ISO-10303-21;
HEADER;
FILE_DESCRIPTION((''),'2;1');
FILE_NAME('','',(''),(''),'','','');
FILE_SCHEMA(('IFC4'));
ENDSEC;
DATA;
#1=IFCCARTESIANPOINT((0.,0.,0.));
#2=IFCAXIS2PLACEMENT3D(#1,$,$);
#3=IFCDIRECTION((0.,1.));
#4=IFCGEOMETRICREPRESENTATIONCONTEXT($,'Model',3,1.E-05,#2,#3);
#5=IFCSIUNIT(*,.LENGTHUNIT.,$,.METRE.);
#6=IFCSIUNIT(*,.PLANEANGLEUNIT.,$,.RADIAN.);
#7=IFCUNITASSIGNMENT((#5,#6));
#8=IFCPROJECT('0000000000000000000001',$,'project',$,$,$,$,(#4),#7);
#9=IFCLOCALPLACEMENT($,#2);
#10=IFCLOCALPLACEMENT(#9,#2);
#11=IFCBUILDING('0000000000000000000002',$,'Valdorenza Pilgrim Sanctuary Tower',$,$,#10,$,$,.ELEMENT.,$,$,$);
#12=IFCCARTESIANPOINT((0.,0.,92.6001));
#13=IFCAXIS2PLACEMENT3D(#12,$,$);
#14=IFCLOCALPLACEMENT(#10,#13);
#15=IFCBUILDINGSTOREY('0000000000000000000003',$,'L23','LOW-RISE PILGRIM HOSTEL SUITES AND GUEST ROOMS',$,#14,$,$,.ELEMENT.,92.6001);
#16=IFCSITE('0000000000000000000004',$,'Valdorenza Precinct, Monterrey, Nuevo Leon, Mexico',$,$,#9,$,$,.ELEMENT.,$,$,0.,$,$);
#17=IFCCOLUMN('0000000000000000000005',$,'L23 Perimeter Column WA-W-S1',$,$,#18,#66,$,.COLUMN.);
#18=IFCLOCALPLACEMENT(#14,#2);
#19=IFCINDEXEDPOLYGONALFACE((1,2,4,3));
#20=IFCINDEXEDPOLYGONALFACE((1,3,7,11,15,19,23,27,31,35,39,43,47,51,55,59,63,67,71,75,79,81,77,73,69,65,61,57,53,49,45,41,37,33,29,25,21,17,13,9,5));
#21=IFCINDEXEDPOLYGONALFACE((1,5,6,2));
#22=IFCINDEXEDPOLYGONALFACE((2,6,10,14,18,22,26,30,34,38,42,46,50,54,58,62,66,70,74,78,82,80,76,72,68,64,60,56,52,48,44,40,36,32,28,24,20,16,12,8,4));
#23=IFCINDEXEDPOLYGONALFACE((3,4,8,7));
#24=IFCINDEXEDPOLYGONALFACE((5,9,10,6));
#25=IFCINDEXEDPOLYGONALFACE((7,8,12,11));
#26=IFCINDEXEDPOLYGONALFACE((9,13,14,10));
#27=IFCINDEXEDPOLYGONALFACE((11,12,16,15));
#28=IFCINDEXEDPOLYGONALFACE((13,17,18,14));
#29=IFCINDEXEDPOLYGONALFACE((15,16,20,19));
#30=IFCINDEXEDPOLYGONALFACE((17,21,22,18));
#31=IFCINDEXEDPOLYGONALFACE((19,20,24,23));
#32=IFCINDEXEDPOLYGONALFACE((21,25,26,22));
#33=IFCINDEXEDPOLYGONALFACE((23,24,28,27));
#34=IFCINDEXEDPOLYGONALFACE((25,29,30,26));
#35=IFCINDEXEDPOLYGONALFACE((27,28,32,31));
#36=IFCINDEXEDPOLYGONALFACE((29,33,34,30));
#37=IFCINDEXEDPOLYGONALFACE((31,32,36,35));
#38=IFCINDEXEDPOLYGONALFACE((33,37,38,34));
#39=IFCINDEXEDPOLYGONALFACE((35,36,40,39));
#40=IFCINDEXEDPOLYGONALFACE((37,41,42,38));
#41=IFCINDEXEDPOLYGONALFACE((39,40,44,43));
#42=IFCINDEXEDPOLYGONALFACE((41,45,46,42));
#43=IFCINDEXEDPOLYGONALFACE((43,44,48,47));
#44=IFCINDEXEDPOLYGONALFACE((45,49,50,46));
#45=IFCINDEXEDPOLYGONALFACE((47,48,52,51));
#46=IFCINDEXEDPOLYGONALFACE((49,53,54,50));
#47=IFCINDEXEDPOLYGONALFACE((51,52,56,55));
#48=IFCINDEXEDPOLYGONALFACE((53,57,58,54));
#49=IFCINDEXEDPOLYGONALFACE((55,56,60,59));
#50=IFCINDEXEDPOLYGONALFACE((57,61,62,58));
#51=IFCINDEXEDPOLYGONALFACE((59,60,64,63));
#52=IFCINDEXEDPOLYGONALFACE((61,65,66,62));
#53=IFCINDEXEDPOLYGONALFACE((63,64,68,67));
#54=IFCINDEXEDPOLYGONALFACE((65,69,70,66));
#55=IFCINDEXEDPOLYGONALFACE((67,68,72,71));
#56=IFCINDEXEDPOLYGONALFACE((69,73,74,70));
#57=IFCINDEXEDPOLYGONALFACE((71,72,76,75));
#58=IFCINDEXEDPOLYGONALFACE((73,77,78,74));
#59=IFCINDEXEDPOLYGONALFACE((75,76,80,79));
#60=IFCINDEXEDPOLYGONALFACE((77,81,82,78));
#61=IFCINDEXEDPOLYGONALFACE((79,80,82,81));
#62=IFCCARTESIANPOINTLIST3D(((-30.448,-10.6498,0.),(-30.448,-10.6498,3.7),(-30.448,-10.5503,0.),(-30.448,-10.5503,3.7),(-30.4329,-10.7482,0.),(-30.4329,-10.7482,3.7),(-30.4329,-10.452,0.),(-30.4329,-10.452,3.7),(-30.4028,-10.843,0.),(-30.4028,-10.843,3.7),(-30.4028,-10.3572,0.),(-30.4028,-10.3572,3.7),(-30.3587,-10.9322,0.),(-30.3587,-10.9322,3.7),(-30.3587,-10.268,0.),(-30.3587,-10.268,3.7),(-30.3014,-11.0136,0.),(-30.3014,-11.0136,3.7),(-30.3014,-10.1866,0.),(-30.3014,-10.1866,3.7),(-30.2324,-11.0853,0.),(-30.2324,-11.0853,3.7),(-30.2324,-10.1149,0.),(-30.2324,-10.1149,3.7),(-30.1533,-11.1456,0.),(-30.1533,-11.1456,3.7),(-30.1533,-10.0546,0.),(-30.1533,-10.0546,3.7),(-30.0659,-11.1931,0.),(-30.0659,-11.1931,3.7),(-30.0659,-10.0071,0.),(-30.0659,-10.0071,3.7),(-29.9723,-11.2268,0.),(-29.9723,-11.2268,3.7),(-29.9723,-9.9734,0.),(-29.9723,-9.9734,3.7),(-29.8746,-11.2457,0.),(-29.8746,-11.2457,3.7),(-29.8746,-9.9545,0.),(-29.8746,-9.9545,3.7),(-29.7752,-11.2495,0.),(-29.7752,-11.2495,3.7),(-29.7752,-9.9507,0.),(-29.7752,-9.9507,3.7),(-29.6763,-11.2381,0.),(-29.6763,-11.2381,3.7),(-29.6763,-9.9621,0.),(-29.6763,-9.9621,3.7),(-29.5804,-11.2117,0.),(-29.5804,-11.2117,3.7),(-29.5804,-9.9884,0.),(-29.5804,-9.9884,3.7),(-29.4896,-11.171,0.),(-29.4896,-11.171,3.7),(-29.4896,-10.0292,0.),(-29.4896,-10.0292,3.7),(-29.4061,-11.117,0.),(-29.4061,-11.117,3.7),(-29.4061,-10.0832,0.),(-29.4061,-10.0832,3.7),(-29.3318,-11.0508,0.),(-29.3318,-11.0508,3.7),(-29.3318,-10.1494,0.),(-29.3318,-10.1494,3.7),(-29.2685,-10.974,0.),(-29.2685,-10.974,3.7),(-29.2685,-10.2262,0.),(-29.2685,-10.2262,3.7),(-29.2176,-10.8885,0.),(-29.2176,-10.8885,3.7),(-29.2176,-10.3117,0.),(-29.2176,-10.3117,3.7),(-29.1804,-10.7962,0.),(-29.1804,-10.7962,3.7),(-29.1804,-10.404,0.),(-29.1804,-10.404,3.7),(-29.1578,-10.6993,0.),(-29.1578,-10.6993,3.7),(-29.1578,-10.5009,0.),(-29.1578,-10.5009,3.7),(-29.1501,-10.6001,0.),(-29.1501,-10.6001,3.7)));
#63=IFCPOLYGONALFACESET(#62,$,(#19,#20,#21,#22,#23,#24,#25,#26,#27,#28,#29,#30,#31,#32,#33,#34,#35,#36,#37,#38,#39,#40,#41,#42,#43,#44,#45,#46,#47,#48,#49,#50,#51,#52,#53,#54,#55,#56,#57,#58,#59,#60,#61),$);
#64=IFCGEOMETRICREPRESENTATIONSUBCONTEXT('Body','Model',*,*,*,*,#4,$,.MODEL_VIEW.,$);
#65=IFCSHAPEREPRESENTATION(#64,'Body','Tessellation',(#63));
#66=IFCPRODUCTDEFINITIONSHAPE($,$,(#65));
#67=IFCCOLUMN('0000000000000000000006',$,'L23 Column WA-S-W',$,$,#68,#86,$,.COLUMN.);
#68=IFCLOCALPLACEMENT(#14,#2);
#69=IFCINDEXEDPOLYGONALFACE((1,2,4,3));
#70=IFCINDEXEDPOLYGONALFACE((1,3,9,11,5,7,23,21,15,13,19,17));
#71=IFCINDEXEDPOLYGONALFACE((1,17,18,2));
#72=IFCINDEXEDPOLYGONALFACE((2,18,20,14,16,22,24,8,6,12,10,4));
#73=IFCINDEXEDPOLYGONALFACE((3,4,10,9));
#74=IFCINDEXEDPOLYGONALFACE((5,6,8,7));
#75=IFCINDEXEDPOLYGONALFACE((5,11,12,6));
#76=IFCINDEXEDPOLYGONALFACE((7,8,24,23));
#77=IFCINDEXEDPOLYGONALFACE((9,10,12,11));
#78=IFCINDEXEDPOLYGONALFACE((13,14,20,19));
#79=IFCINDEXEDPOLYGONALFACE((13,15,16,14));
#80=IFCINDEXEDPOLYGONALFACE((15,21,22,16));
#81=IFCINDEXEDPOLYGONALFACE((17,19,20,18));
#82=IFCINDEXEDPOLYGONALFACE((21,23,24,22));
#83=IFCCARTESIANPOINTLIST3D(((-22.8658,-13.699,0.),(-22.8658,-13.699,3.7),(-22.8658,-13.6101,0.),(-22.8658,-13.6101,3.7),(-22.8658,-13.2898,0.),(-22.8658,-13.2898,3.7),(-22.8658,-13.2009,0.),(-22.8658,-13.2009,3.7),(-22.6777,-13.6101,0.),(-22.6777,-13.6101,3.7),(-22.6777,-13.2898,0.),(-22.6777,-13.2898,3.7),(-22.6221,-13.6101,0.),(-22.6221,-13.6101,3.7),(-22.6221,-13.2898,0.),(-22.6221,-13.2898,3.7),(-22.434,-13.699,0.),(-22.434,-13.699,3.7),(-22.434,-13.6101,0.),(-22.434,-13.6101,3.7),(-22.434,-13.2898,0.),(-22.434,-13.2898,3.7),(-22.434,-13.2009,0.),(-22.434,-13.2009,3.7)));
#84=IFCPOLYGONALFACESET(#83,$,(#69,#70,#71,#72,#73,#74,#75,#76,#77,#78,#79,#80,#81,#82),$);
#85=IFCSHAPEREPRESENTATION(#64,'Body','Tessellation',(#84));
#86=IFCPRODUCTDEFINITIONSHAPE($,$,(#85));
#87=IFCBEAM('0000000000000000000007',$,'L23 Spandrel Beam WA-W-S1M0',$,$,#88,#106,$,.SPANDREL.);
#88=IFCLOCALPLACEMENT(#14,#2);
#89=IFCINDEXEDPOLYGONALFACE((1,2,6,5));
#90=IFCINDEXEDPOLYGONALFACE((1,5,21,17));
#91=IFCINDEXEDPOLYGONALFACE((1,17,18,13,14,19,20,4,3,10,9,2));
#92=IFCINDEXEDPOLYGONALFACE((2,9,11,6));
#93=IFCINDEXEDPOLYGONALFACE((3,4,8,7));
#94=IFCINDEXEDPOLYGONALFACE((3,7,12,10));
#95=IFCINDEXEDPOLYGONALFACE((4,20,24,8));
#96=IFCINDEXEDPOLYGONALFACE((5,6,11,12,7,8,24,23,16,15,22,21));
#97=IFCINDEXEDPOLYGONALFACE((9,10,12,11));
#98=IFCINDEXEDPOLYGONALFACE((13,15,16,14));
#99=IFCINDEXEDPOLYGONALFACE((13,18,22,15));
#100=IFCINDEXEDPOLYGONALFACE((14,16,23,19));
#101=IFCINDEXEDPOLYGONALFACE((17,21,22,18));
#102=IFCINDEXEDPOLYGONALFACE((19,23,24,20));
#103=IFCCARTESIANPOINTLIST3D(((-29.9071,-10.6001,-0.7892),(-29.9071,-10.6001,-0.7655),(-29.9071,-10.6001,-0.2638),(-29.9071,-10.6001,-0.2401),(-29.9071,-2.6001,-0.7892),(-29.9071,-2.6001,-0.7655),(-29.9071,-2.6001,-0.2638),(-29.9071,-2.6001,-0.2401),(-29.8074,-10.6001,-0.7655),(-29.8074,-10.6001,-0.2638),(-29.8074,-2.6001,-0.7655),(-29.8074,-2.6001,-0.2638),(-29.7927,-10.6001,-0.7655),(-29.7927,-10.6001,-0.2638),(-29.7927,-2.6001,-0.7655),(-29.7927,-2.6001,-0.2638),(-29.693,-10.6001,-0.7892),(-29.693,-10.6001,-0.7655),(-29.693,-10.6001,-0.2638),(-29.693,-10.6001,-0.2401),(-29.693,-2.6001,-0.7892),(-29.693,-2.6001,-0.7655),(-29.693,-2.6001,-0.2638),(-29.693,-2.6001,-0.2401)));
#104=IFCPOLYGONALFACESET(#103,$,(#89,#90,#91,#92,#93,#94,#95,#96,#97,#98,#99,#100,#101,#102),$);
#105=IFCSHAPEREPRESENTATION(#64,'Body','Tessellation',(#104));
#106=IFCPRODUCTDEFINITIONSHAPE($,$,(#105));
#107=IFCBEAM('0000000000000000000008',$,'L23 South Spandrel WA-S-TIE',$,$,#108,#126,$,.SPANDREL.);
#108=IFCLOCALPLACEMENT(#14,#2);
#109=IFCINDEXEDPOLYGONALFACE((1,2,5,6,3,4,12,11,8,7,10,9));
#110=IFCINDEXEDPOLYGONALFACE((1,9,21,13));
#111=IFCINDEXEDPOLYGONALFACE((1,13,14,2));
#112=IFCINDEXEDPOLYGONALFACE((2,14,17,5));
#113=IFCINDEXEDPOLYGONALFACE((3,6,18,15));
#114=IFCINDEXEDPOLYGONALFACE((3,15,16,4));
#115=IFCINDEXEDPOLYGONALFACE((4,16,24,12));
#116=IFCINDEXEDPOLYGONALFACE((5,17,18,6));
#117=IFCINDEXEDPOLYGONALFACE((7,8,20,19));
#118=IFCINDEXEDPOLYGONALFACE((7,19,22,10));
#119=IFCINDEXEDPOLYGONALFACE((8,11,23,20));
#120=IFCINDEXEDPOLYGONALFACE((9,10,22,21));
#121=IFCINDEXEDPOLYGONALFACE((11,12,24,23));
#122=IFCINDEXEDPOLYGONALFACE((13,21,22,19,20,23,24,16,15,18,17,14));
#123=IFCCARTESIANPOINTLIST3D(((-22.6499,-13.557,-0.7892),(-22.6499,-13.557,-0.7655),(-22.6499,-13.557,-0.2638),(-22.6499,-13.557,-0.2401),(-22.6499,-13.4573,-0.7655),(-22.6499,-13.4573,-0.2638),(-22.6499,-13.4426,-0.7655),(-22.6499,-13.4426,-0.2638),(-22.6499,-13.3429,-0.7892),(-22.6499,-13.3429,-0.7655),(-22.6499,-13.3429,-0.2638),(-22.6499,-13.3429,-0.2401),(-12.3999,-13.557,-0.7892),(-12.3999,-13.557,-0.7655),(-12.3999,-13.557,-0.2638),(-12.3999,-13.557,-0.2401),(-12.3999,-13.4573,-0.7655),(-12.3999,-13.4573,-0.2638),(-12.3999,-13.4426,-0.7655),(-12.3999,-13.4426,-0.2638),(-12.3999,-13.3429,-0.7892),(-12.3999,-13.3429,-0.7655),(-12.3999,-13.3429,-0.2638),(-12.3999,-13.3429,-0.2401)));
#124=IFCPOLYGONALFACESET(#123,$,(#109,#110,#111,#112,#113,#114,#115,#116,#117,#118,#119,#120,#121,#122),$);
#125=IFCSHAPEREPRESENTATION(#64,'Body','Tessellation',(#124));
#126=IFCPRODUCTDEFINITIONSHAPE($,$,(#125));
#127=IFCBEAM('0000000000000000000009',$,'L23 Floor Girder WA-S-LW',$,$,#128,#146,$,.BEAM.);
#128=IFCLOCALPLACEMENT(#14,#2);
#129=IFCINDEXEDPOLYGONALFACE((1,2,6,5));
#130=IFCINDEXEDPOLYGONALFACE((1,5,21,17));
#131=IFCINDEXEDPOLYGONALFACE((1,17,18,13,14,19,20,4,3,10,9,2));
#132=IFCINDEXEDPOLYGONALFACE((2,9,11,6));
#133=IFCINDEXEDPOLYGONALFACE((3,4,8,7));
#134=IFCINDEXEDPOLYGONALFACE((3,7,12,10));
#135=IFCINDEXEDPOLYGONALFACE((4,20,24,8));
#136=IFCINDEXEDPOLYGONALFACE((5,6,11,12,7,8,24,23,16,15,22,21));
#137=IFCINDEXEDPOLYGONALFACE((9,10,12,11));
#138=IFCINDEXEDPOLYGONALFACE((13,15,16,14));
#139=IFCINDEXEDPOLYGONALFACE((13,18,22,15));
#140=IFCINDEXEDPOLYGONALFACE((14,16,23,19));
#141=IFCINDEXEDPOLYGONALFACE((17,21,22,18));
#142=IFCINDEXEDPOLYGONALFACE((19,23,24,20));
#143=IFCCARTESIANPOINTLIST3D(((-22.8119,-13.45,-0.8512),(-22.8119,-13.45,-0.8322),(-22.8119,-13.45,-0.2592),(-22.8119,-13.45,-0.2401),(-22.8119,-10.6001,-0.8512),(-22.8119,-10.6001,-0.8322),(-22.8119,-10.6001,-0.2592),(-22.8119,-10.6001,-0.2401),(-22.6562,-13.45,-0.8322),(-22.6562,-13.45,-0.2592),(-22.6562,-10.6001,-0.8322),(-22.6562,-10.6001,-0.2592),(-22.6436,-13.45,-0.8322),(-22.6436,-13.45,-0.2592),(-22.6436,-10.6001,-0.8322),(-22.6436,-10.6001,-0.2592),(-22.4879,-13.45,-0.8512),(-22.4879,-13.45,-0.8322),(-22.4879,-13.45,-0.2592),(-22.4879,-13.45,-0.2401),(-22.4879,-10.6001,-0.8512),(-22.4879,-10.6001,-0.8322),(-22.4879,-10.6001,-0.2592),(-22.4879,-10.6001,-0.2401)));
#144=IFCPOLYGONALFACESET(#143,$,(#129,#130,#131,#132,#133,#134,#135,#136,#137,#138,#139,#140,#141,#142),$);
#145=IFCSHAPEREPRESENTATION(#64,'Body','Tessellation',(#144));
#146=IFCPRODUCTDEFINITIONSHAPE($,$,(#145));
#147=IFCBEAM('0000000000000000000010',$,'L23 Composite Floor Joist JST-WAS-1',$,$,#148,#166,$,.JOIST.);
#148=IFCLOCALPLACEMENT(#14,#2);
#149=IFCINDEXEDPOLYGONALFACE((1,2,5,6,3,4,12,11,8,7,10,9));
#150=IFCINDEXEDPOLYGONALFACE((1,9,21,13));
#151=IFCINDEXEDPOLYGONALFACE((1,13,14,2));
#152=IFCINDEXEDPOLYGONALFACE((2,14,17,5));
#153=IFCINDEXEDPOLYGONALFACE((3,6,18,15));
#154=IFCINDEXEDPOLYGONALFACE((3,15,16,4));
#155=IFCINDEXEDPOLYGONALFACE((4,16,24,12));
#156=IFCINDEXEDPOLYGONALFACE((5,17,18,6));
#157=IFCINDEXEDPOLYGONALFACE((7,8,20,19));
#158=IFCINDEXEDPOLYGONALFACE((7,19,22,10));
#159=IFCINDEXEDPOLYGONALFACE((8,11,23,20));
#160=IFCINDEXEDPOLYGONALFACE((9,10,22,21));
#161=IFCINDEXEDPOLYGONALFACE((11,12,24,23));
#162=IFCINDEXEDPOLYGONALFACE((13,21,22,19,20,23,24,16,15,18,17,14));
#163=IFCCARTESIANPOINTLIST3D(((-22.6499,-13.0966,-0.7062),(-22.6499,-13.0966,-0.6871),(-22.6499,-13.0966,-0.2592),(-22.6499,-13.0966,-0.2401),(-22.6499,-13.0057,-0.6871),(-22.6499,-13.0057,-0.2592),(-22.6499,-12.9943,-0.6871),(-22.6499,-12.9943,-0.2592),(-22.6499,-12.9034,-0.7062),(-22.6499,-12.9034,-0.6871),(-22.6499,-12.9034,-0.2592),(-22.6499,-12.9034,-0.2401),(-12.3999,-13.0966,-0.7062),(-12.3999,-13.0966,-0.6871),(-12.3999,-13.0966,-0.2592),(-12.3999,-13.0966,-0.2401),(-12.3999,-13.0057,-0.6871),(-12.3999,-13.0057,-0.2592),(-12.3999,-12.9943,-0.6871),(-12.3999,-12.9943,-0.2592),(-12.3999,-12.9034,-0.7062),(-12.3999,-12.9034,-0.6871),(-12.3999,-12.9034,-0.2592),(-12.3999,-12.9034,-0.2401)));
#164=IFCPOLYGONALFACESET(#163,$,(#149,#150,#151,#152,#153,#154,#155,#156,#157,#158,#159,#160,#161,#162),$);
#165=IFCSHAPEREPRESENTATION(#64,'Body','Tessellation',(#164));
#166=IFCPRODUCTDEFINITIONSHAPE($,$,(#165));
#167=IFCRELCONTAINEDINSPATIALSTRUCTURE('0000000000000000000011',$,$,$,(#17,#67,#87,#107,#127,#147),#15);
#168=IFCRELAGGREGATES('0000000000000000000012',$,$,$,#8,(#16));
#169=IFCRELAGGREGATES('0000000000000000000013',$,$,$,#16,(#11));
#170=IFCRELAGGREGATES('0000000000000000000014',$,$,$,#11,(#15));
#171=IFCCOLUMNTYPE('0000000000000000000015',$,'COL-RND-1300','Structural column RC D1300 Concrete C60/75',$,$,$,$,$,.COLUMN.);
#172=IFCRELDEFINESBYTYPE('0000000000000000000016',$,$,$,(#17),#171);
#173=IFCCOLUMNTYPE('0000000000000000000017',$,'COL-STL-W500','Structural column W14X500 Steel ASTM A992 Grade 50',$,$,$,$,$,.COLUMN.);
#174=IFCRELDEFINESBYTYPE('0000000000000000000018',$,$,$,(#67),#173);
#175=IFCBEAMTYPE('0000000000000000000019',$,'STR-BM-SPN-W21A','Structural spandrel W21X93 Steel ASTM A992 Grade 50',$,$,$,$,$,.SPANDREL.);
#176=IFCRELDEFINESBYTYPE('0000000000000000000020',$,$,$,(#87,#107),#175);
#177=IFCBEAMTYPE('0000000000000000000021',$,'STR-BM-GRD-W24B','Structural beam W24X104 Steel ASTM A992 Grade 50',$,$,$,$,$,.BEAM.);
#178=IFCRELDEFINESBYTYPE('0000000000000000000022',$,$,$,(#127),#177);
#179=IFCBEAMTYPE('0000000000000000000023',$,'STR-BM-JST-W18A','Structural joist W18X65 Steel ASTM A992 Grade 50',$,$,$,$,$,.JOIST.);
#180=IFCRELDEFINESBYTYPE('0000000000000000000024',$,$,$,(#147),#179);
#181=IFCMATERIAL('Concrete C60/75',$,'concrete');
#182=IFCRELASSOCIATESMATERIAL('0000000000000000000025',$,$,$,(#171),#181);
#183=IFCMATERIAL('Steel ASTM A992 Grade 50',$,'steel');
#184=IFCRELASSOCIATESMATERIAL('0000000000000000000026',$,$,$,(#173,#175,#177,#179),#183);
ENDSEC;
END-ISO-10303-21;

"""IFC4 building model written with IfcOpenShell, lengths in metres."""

from ifc_helpers import new_model, si_unit, direction, frame, origin, origin_2d, place, context, subcontext, project, spatial, circle, i_section, extrude, source, transform, mapped, material, material_profile, profile_set, type_object, element, save


model = new_model("IFC4")

# Units and contexts
model_context = context("Model", 3, precision=1e-05, world=origin(), true_north=direction((0.0, 1.0)))
body_context = subcontext(model_context, "Body", "Model", "MODEL_VIEW")
ifc_project = project(units=[si_unit("LENGTHUNIT", "METRE"), si_unit("PLANEANGLEUNIT", "RADIAN")], contexts=[model_context])

# Site, building, storey
site_placement = place(None, origin())
site = spatial("IfcSite", under=ifc_project, at=site_placement, Name="Valdorenza Precinct, Monterrey, Nuevo Leon, Mexico", CompositionType="ELEMENT", RefElevation=0.0)
building_placement = place(site_placement, origin())
building = spatial("IfcBuilding", under=site, at=building_placement, Name="Valdorenza Pilgrim Sanctuary Tower", CompositionType="ELEMENT")
storey_placement = place(building_placement, frame((0.0, 0.0, 92.6001)))
storey = spatial("IfcBuildingStorey", under=building, at=storey_placement, Name="L23", Description="LOW-RISE PILGRIM HOSTEL SUITES AND GUEST ROOMS", CompositionType="ELEMENT", Elevation=92.6001)

# Columns
ifc_material_1 = material(Name="Concrete C60/75", Category="concrete")
ifc_material_profile_1 = material_profile(ifc_material_1, circle(Radius=0.6499, at=origin_2d()), Name="RC D1300")
ifc_profile_set_1 = profile_set([ifc_material_profile_1], Name="Concrete C60/75")
column_type_1 = type_object("IfcColumnType", Name="COL-RND-1300", Description="Structural column RC D1300 Concrete C60/75", PredefinedType="COLUMN", material=ifc_profile_set_1)
shared_shape_1 = source(origin(), body_context, "Body", "SweptSolid", [
    extrude(circle(Radius=0.6499, at=origin_2d()), origin(), (0.0, 0.0, 1.0), 3.7),
])
column_1_placement = place(storey_placement, frame((-29.8, -10.6001, 0.0), z_axis=(0.0, 0.0, 1.0), x_axis=(1.0, 0.0, 0.0)))
element("IfcColumn", 1, at=column_1_placement, inside=storey, type_object=column_type_1, Name="L23 Perimeter Column WA-W-S1", PredefinedType="COLUMN", context=body_context, shape_type="MappedRepresentation", body=[
    mapped(shared_shape_1, transform((0.0, 0.0, 0.0), x_axis=(1.0, 0.0, 0.0), y_axis=(0.0, 1.0, 0.0), z_axis=(0.0, 0.0, 1.0), scale=1.0)),
])
ifc_material_2 = material(Name="Steel ASTM A992 Grade 50", Category="steel")
ifc_material_profile_2 = material_profile(ifc_material_2, i_section(OverallWidth=0.4319, OverallDepth=0.498, WebThickness=0.0557, FlangeThickness=0.0889, at=origin_2d()), Name="W14X500")
ifc_profile_set_2 = profile_set([ifc_material_profile_2], Name="Steel ASTM A992 Grade 50")
column_type_2 = type_object("IfcColumnType", Name="COL-STL-W500", Description="Structural column W14X500 Steel ASTM A992 Grade 50", PredefinedType="COLUMN", material=ifc_profile_set_2)
shared_shape_2 = source(origin(), body_context, "Body", "SweptSolid", [
    extrude(i_section(OverallWidth=0.4319, OverallDepth=0.498, WebThickness=0.0557, FlangeThickness=0.0889, at=origin_2d()), origin(), (0.0, 0.0, 1.0), 3.7),
])
column_2_placement = place(storey_placement, frame((-22.6499, -13.45, 0.0), z_axis=(0.0, 0.0, 1.0), x_axis=(1.0, 0.0, 0.0)))
element("IfcColumn", 2, at=column_2_placement, inside=storey, type_object=column_type_2, Name="L23 Column WA-S-W", PredefinedType="COLUMN", context=body_context, shape_type="MappedRepresentation", body=[
    mapped(shared_shape_2, transform((0.0, 0.0, 0.0), x_axis=(1.0, 0.0, 0.0), y_axis=(0.0, 1.0, 0.0), z_axis=(0.0, 0.0, 1.0), scale=1.0)),
])

# Beams
ifc_material_profile_3 = material_profile(ifc_material_2, i_section(OverallWidth=0.2141, OverallDepth=0.5491, WebThickness=0.0146, FlangeThickness=0.0237, at=origin_2d()), Name="W21X93")
ifc_profile_set_3 = profile_set([ifc_material_profile_3], Name="Steel ASTM A992 Grade 50")
beam_type_1 = type_object("IfcBeamType", Name="STR-BM-SPN-W21A", Description="Structural spandrel W21X93 Steel ASTM A992 Grade 50", PredefinedType="SPANDREL", material=ifc_profile_set_3)
shared_shape_3 = source(origin(), body_context, "Body", "SweptSolid", [
    extrude(i_section(OverallWidth=0.2141, OverallDepth=0.5491, WebThickness=0.0146, FlangeThickness=0.0237, at=origin_2d()), origin(), (0.0, 0.0, 1.0), 8.0),
])
beam_1_placement = place(storey_placement, frame((-29.8, -10.6001, -0.5146), z_axis=(0.0, 1.0, 0.0), x_axis=(-1.0, 0.0, 0.0)))
element("IfcBeam", 3, at=beam_1_placement, inside=storey, type_object=beam_type_1, Name="L23 Spandrel Beam WA-W-S1M0", PredefinedType="SPANDREL", context=body_context, shape_type="MappedRepresentation", body=[
    mapped(shared_shape_3, transform((0.0, 0.0, 0.0), x_axis=(1.0, 0.0, 0.0), y_axis=(0.0, 1.0, 0.0), z_axis=(0.0, 0.0, 1.0), scale=1.0)),
])
shared_shape_4 = source(origin(), body_context, "Body", "SweptSolid", [
    extrude(i_section(OverallWidth=0.2141, OverallDepth=0.5491, WebThickness=0.0146, FlangeThickness=0.0237, at=origin_2d()), origin(), (0.0, 0.0, 1.0), 10.25),
])
beam_2_placement = place(storey_placement, frame((-22.6499, -13.45, -0.5146), z_axis=(1.0, 0.0, 0.0), x_axis=(0.0, 1.0, 0.0)))
element("IfcBeam", 4, at=beam_2_placement, inside=storey, type_object=beam_type_1, Name="L23 South Spandrel WA-S-TIE", PredefinedType="SPANDREL", context=body_context, shape_type="MappedRepresentation", body=[
    mapped(shared_shape_4, transform((0.0, 0.0, 0.0), x_axis=(1.0, 0.0, 0.0), y_axis=(0.0, 1.0, 0.0), z_axis=(0.0, 0.0, 1.0), scale=1.0)),
])
ifc_material_profile_4 = material_profile(ifc_material_2, i_section(OverallWidth=0.324, OverallDepth=0.6111, WebThickness=0.0127, FlangeThickness=0.019, at=origin_2d()), Name="W24X104")
ifc_profile_set_4 = profile_set([ifc_material_profile_4], Name="Steel ASTM A992 Grade 50")
beam_type_2 = type_object("IfcBeamType", Name="STR-BM-GRD-W24B", Description="Structural beam W24X104 Steel ASTM A992 Grade 50", PredefinedType="BEAM", material=ifc_profile_set_4)
shared_shape_5 = source(origin(), body_context, "Body", "SweptSolid", [
    extrude(i_section(OverallWidth=0.324, OverallDepth=0.6111, WebThickness=0.0127, FlangeThickness=0.019, at=origin_2d()), origin(), (0.0, 0.0, 1.0), 2.8499),
])
beam_3_placement = place(storey_placement, frame((-22.6499, -13.45, -0.5457), z_axis=(0.0, 1.0, 0.0), x_axis=(-1.0, 0.0, 0.0)))
element("IfcBeam", 5, at=beam_3_placement, inside=storey, type_object=beam_type_2, Name="L23 Floor Girder WA-S-LW", PredefinedType="BEAM", context=body_context, shape_type="MappedRepresentation", body=[
    mapped(shared_shape_5, transform((0.0, 0.0, 0.0), x_axis=(1.0, 0.0, 0.0), y_axis=(0.0, 1.0, 0.0), z_axis=(0.0, 0.0, 1.0), scale=1.0)),
])
ifc_material_profile_5 = material_profile(ifc_material_2, i_section(OverallWidth=0.1931, OverallDepth=0.4661, WebThickness=0.0115, FlangeThickness=0.019, at=origin_2d()), Name="W18X65")
ifc_profile_set_5 = profile_set([ifc_material_profile_5], Name="Steel ASTM A992 Grade 50")
beam_type_3 = type_object("IfcBeamType", Name="STR-BM-JST-W18A", Description="Structural joist W18X65 Steel ASTM A992 Grade 50", PredefinedType="JOIST", material=ifc_profile_set_5)
shared_shape_6 = source(origin(), body_context, "Body", "SweptSolid", [
    extrude(i_section(OverallWidth=0.1931, OverallDepth=0.4661, WebThickness=0.0115, FlangeThickness=0.019, at=origin_2d()), origin(), (0.0, 0.0, 1.0), 10.25),
])
for number, where, z_axis, x_axis, name in (
    (6, (-22.6499, -13.0, -0.4731), (1.0, 0.0, 0.0), (0.0, 1.0, 0.0), "L23 Composite Floor Joist JST-WAS-1"),
):
    element("IfcBeam", number, at=place(storey_placement, frame(where, z_axis=z_axis, x_axis=x_axis)), inside=storey, type_object=beam_type_3, Name=name, PredefinedType="JOIST", context=body_context, shape_type="MappedRepresentation", body=[
        mapped(shared_shape_6, transform((0.0, 0.0, 0.0), x_axis=(1.0, 0.0, 0.0), y_axis=(0.0, 1.0, 0.0), z_axis=(0.0, 0.0, 1.0), scale=1.0)),
    ])

save(model, "model.ifc")
